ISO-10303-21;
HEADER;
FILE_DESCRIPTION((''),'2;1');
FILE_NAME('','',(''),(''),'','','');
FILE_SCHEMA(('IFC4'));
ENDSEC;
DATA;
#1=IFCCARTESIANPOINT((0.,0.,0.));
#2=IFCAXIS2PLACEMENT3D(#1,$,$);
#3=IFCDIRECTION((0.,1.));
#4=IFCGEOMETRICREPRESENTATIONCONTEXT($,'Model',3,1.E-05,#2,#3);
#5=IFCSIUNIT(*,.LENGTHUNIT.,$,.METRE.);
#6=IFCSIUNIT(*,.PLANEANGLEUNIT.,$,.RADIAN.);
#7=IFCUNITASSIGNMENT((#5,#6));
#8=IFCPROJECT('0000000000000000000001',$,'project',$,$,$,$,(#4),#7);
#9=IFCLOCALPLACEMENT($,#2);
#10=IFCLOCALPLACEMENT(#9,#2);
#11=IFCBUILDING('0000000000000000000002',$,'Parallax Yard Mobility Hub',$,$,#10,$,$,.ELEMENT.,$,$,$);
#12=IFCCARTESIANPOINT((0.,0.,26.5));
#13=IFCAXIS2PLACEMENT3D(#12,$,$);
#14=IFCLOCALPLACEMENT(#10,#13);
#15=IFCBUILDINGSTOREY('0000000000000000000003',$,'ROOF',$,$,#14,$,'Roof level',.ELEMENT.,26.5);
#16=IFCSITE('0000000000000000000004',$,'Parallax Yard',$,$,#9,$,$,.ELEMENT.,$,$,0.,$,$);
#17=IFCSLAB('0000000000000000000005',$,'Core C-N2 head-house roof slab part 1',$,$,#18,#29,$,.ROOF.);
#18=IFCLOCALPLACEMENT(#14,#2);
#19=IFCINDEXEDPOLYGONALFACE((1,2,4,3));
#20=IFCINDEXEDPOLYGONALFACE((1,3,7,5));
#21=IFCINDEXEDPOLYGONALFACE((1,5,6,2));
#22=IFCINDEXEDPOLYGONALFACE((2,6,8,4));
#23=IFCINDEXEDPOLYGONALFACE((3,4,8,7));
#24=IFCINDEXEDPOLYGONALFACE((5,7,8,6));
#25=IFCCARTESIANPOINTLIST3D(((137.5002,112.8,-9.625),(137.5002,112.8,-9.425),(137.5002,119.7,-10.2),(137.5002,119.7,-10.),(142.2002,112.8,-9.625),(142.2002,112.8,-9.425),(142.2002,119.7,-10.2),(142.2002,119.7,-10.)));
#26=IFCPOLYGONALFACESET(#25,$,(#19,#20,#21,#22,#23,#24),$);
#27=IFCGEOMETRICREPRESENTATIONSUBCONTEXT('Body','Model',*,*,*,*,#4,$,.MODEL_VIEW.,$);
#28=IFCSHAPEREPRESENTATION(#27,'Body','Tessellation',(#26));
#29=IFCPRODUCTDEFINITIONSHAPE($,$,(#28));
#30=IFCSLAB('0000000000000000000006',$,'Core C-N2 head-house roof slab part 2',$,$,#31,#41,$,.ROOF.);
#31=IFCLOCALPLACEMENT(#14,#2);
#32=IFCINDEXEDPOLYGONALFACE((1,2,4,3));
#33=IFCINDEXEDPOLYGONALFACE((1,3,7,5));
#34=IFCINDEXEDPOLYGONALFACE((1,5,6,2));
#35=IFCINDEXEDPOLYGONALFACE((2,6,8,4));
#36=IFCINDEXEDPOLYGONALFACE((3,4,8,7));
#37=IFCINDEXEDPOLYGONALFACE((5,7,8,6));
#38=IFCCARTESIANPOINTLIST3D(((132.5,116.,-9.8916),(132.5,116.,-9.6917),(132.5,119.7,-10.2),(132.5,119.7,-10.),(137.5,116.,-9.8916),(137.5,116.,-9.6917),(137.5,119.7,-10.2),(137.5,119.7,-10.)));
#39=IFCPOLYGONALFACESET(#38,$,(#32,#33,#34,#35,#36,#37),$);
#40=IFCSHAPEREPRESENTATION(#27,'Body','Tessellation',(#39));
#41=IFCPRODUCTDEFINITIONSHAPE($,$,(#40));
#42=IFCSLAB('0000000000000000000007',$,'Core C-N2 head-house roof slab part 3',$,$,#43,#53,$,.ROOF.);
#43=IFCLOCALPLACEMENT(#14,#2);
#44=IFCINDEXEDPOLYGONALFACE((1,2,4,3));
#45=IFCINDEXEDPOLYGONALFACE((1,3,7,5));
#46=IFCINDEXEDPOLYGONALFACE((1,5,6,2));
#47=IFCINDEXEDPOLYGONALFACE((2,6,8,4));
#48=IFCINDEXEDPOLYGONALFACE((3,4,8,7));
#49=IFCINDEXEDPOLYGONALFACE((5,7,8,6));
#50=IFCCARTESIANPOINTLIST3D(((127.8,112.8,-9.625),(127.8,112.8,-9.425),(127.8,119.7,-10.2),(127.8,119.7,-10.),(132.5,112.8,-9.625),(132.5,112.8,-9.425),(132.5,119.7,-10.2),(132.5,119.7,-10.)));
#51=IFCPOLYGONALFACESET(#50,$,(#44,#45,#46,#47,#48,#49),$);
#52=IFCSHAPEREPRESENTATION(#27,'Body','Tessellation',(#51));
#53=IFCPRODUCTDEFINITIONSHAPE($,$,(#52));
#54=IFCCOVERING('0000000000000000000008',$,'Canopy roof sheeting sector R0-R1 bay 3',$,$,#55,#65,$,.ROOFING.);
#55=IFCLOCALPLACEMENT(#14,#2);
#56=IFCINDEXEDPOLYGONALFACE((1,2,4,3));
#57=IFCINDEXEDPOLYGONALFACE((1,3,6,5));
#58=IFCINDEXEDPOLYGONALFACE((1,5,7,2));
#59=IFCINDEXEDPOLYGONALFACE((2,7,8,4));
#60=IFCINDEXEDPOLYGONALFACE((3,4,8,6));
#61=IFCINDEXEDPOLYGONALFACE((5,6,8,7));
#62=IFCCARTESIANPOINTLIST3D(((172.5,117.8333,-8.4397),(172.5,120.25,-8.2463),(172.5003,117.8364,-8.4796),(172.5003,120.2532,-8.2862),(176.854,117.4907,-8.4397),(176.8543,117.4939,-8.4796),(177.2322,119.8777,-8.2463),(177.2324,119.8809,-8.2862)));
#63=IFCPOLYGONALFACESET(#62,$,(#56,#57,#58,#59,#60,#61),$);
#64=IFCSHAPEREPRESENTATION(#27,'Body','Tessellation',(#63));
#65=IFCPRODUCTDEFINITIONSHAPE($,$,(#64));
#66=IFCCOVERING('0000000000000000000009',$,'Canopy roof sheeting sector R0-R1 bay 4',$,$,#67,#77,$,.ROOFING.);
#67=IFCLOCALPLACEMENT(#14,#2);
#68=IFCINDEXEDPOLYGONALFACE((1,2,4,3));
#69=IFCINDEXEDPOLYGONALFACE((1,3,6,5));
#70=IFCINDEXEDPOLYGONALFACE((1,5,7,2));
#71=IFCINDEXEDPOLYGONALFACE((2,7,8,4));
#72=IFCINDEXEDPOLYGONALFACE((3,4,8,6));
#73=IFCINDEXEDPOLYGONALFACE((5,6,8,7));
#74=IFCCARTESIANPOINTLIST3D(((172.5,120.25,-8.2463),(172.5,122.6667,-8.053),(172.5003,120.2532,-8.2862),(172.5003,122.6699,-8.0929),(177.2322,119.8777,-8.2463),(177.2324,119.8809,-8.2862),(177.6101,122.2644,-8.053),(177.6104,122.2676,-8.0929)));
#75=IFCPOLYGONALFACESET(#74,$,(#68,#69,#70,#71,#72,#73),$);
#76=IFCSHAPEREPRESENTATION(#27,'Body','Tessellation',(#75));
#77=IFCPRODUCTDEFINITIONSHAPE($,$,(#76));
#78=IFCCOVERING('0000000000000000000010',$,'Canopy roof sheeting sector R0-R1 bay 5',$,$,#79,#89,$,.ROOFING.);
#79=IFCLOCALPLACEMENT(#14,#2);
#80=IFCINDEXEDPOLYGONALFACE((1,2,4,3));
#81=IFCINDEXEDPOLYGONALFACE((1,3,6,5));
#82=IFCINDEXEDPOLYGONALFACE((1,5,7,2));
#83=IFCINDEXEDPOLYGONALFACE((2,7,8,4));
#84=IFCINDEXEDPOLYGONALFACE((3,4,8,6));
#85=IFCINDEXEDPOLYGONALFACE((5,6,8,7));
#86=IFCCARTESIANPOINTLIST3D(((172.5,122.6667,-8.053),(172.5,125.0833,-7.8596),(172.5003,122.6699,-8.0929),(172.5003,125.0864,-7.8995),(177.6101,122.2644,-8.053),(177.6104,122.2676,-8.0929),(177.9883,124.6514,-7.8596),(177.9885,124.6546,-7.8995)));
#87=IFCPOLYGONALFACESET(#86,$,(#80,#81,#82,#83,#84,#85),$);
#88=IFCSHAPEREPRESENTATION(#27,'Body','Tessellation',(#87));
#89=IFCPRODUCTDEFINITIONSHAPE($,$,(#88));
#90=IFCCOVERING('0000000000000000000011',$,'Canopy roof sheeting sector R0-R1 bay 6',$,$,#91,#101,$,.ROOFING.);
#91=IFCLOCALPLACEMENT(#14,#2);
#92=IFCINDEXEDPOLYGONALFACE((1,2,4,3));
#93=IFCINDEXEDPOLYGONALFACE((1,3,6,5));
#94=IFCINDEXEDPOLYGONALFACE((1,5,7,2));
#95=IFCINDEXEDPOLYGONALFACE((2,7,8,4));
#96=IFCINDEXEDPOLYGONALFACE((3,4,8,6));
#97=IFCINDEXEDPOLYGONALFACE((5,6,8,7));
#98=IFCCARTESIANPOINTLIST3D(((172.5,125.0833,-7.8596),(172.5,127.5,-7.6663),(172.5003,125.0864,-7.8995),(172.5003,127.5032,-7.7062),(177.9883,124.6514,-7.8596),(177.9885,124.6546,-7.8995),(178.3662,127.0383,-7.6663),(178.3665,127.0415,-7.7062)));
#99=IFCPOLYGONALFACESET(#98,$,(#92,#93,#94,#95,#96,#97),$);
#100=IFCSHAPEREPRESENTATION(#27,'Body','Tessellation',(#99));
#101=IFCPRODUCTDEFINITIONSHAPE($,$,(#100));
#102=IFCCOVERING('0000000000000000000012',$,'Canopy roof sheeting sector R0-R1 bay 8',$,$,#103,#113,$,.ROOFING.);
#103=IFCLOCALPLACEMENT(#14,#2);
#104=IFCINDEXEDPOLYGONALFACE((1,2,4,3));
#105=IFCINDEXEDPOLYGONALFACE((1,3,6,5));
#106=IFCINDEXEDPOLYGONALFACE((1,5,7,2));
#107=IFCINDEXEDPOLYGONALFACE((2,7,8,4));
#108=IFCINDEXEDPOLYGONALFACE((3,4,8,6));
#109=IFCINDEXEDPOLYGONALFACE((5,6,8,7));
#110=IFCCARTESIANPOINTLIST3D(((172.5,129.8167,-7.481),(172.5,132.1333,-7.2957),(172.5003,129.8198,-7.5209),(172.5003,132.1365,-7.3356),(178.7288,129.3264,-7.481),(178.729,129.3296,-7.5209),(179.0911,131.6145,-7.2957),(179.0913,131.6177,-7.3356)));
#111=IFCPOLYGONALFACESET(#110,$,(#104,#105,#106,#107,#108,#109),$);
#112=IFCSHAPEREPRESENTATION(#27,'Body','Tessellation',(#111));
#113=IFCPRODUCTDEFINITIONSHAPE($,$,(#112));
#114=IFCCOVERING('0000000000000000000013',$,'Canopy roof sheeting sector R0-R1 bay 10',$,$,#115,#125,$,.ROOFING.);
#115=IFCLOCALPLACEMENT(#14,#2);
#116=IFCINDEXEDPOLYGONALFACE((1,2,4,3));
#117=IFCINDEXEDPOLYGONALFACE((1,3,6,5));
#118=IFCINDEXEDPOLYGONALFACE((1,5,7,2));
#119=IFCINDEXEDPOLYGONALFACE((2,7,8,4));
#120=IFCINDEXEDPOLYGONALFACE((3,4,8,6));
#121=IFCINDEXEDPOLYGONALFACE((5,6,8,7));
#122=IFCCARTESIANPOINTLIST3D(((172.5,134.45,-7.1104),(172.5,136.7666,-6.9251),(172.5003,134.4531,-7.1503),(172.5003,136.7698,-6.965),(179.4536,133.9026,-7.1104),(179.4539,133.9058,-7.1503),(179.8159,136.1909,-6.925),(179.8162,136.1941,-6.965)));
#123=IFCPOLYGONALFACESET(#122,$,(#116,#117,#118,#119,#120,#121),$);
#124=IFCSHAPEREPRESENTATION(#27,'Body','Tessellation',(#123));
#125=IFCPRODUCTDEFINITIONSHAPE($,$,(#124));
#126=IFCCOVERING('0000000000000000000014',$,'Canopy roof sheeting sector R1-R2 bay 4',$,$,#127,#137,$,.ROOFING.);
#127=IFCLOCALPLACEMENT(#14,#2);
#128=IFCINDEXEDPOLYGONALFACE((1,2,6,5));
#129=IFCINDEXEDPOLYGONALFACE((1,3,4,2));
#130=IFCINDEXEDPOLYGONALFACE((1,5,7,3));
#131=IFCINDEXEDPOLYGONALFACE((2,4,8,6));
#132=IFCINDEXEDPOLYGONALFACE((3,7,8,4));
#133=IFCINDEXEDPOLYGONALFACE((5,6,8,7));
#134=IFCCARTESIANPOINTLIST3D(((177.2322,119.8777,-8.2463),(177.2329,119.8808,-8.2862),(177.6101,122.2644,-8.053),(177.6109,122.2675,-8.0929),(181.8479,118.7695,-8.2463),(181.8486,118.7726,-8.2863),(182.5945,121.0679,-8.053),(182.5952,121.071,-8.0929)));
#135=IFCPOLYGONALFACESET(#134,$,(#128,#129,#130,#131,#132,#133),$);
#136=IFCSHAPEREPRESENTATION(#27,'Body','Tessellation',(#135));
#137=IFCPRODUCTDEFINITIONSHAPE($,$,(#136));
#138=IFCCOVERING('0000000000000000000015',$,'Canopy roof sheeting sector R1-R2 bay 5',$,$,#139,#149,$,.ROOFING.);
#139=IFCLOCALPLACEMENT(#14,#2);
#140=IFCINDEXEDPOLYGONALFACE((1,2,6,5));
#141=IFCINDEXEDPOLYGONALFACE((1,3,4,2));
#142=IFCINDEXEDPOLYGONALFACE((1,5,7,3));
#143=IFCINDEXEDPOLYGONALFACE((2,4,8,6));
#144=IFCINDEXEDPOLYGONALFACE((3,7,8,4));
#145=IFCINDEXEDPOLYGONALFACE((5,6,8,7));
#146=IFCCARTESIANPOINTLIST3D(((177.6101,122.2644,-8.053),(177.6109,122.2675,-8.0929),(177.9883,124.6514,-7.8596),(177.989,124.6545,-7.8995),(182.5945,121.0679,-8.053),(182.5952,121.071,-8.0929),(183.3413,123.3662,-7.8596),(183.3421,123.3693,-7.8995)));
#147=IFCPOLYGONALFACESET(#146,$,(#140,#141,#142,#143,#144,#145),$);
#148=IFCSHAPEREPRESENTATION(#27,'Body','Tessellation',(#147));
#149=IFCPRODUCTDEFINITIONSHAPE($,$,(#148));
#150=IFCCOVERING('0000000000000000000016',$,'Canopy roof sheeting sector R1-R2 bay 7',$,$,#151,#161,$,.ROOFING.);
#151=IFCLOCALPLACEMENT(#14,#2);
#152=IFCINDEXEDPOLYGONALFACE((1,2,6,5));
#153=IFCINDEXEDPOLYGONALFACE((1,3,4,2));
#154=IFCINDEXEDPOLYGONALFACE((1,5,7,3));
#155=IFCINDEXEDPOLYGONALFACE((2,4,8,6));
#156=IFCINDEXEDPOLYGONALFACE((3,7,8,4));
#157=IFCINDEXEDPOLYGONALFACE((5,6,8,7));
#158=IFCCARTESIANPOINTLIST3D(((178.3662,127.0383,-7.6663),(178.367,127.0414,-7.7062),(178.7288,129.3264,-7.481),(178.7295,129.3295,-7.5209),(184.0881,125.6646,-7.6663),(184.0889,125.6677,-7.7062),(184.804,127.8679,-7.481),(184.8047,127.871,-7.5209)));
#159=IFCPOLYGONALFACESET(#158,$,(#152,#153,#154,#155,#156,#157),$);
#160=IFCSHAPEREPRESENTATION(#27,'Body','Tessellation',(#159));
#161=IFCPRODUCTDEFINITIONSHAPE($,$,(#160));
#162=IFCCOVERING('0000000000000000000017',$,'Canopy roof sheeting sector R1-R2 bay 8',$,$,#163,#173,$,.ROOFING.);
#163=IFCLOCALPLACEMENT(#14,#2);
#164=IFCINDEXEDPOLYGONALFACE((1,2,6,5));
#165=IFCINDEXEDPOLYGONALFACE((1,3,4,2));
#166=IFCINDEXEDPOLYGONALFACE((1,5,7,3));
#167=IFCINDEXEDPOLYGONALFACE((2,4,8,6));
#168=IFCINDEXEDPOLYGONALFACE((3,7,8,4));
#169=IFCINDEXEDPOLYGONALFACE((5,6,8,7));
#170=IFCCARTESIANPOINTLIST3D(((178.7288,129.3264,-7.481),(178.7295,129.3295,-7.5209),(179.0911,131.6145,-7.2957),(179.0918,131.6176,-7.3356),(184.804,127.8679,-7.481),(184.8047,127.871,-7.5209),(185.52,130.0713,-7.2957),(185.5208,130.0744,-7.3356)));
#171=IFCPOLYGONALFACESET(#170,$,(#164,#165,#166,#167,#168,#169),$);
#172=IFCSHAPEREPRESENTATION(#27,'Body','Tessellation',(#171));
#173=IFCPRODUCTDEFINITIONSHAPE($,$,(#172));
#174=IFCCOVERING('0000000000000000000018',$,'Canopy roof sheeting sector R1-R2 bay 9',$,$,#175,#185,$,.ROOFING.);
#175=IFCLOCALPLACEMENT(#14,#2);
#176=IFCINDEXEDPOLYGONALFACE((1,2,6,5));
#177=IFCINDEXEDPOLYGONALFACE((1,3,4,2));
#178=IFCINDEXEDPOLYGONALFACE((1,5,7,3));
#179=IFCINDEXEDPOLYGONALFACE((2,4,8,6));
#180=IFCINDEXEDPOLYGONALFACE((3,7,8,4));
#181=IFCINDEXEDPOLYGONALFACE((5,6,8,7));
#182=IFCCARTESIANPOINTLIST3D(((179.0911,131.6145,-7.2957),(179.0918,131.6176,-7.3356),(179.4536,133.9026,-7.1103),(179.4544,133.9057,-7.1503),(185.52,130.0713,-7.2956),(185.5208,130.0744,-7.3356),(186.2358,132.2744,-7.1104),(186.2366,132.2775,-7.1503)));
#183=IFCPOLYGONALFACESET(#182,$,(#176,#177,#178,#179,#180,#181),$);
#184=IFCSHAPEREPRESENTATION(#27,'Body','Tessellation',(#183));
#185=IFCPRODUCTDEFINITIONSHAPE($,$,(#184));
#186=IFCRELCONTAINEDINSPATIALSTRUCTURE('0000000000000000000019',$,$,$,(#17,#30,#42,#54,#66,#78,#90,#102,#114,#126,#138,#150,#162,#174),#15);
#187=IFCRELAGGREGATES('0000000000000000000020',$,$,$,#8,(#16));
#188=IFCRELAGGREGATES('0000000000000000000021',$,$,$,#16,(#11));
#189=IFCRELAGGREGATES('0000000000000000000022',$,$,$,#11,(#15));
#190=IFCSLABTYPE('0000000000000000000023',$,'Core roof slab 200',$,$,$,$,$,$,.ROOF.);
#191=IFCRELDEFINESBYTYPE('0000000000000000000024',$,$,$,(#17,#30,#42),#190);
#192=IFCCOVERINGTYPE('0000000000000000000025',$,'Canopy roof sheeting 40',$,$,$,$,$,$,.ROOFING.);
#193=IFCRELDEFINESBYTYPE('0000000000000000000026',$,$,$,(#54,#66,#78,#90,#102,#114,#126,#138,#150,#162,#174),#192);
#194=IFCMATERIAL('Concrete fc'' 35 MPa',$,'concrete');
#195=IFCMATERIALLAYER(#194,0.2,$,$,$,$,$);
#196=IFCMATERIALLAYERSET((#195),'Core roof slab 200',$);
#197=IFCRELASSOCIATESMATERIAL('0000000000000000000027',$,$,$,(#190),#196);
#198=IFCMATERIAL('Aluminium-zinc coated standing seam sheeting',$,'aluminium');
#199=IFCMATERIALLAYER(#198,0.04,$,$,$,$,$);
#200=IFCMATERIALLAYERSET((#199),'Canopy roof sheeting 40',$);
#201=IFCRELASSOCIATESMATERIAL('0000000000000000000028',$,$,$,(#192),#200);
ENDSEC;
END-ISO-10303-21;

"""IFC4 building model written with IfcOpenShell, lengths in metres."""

from ifc_helpers import new_model, si_unit, direction, frame, origin, place, context, subcontext, project, spatial, polyline, outline, extrude, material, layer, layer_set, type_object, element, save


model = new_model("IFC4")

# Units and contexts
model_context = context("Model", 3, precision=1e-05, world=origin(), true_north=direction((0.0, 1.0)))
body_context = subcontext(model_context, "Body", "Model", "MODEL_VIEW")
ifc_project = project(units=[si_unit("LENGTHUNIT", "METRE"), si_unit("PLANEANGLEUNIT", "RADIAN")], contexts=[model_context])

# Site, building, storey
site_placement = place(None, origin())
site = spatial("IfcSite", under=ifc_project, at=site_placement, Name="Parallax Yard", CompositionType="ELEMENT", RefElevation=0.0)
building_placement = place(site_placement, origin())
building = spatial("IfcBuilding", under=site, at=building_placement, Name="Parallax Yard Mobility Hub", CompositionType="ELEMENT")
storey_placement = place(building_placement, frame((0.0, 0.0, 26.5)))
storey = spatial("IfcBuildingStorey", under=building, at=storey_placement, Name="ROOF", LongName="Roof level", CompositionType="ELEMENT", Elevation=26.5)

# Slabs
ifc_material_1 = material(Name="Concrete fc' 35 MPa", Category="concrete")
ifc_layer_1 = layer(ifc_material_1, 0.2)
ifc_layer_set_1 = layer_set([ifc_layer_1], Name="Core roof slab 200")
slab_type = type_object("IfcSlabType", Name="Core roof slab 200", PredefinedType="ROOF", material=ifc_layer_set_1)
placement = place(building_placement, frame((0.0, 0.0, 13.2)))
slab_1_placement = place(placement, frame((139.8501, 119.7, 3.3), z_axis=(0.0, 0.0, 1.0), x_axis=(0.0, -1.0, 0.0)))
element("IfcSlab", 1, at=slab_1_placement, inside=storey, type_object=slab_type, Name="Core C-N2 head-house roof slab part 1", PredefinedType="ROOF", context=body_context, shape_type="SweptSolid", body=[
    extrude(outline(polyline([(0.0, -0.2), (6.8999, 0.375), (6.8999, 0.575), (0.0, 0.0), (0.0, -0.2)])), frame((0.0, 2.3501, 0.0), z_axis=(0.0, -1.0, 0.0), x_axis=(1.0, 0.0, 0.0)), (0.0, 0.0, 1.0), 4.7),
])
slab_2_placement = place(placement, frame((135.0, 119.7, 3.3), z_axis=(0.0, 0.0, 1.0), x_axis=(0.0, -1.0, 0.0)))
element("IfcSlab", 2, at=slab_2_placement, inside=storey, type_object=slab_type, Name="Core C-N2 head-house roof slab part 2", PredefinedType="ROOF", context=body_context, shape_type="SweptSolid", body=[
    extrude(outline(polyline([(0.0, -0.2), (3.7, 0.1084), (3.7, 0.3083), (0.0, 0.0), (0.0, -0.2)])), frame((0.0, 2.5, 0.0), z_axis=(0.0, -1.0, 0.0), x_axis=(1.0, 0.0, 0.0)), (0.0, 0.0, 1.0), 5.0),
])
slab_3_placement = place(placement, frame((130.1499, 119.7, 3.3), z_axis=(0.0, 0.0, 1.0), x_axis=(0.0, -1.0, 0.0)))
element("IfcSlab", 3, at=slab_3_placement, inside=storey, type_object=slab_type, Name="Core C-N2 head-house roof slab part 3", PredefinedType="ROOF", context=body_context, shape_type="SweptSolid", body=[
    extrude(outline(polyline([(0.0, -0.2), (6.8999, 0.375), (6.8999, 0.575), (0.0, 0.0), (0.0, -0.2)])), frame((0.0, 2.3501, 0.0), z_axis=(0.0, -1.0, 0.0), x_axis=(1.0, 0.0, 0.0)), (0.0, 0.0, 1.0), 4.7),
])

# Coverings
ifc_material_2 = material(Name="Aluminium-zinc coated standing seam sheeting", Category="aluminium")
ifc_layer_2 = layer(ifc_material_2, 0.04)
ifc_layer_set_2 = layer_set([ifc_layer_2], Name="Canopy roof sheeting 40")
covering_type = type_object("IfcCoveringType", Name="Canopy roof sheeting 40", PredefinedType="ROOFING", material=ifc_layer_set_2)
covering_1_placement = place(placement, frame((172.5, 117.8333, 4.8604), z_axis=(-0.006274, -0.079752, 0.996795), x_axis=(0.99692, -0.078428, 0.0)))
element("IfcCovering", 4, at=covering_1_placement, inside=storey, type_object=covering_type, Name="Canopy roof sheeting sector R0-R1 bay 3", PredefinedType="ROOFING", context=body_context, shape_type="SweptSolid", body=[
    extrude(outline(polyline([(0.0, 0.0), (4.3675, 0.0), (4.5573, 2.417), (-0.1895, 2.4171), (0.0, 0.0)])), origin(), (0.0, 0.0, -1.0), 0.04),
])
covering_2_placement = place(placement, frame((172.5, 120.25, 5.0537), z_axis=(-0.006277, -0.079756, 0.996795), x_axis=(0.996919, -0.078435, 0.000002)))
element("IfcCovering", 5, at=covering_2_placement, inside=storey, type_object=covering_type, Name="Canopy roof sheeting sector R0-R1 bay 4", PredefinedType="ROOFING", context=body_context, shape_type="SweptSolid", body=[
    extrude(outline(polyline([(0.0, 0.0), (4.7468, 0.0), (4.9364, 2.4168), (-0.1896, 2.417), (0.0, 0.0)])), origin(), (0.0, 0.0, -1.0), 0.04),
])
covering_3_placement = place(placement, frame((172.5, 122.6667, 5.2471), z_axis=(-0.006278, -0.079756, 0.996795), x_axis=(0.996915, -0.078492, -0.000002)))
element("IfcCovering", 6, at=covering_3_placement, inside=storey, type_object=covering_type, Name="Canopy roof sheeting sector R0-R1 bay 5", PredefinedType="ROOFING", context=body_context, shape_type="SweptSolid", body=[
    extrude(outline(polyline([(0.0, 0.0), (5.1259, 0.0), (5.3156, 2.417), (-0.1897, 2.4168), (0.0, 0.0)])), origin(), (0.0, 0.0, -1.0), 0.04),
])
covering_4_placement = place(placement, frame((172.5, 125.0833, 5.4404), z_axis=(-0.006276, -0.079752, 0.996795), x_axis=(0.996918, -0.07845, 0.0)))
element("IfcCovering", 7, at=covering_4_placement, inside=storey, type_object=covering_type, Name="Canopy roof sheeting sector R0-R1 bay 6", PredefinedType="ROOFING", context=body_context, shape_type="SweptSolid", body=[
    extrude(outline(polyline([(0.0, 0.0), (5.5052, 0.0), (5.6948, 2.417), (-0.1896, 2.417), (0.0, 0.0)])), origin(), (0.0, 0.0, -1.0), 0.04),
])
covering_5_placement = place(placement, frame((172.5, 129.8167, 5.8191), z_axis=(-0.006276, -0.079732, 0.996797), x_axis=(0.996917, -0.078462, 0.0)))
element("IfcCovering", 8, at=covering_5_placement, inside=storey, type_object=covering_type, Name="Canopy roof sheeting sector R0-R1 bay 8", PredefinedType="ROOFING", context=body_context, shape_type="SweptSolid", body=[
    extrude(outline(polyline([(0.0, 0.0), (6.248, 0.0), (6.4297, 2.3169), (-0.1818, 2.3169), (0.0, 0.0)])), origin(), (0.0, 0.0, -1.0), 0.04),
])
covering_6_placement = place(placement, frame((172.5, 134.45, 6.1897), z_axis=(-0.006275, -0.079728, 0.996797), x_axis=(0.996916, -0.078474, -0.000001)))
element("IfcCovering", 9, at=covering_6_placement, inside=storey, type_object=covering_type, Name="Canopy roof sheeting sector R0-R1 bay 10", PredefinedType="ROOFING", context=body_context, shape_type="SweptSolid", body=[
    extrude(outline(polyline([(0.0, 0.0), (6.9751, 0.0), (7.1567, 2.3171), (-0.1818, 2.3169), (0.0, 0.0)])), origin(), (0.0, 0.0, -1.0), 0.04),
])
covering_7_placement = place(placement, frame((177.2322, 119.8777, 5.0537), z_axis=(-0.018676, -0.077796, 0.996794), x_axis=(0.972369, -0.233449, -0.000001)))
element("IfcCovering", 10, at=covering_7_placement, inside=storey, type_object=covering_type, Name="Canopy roof sheeting sector R1-R2 bay 4", PredefinedType="ROOFING", context=body_context, shape_type="SweptSolid", body=[
    extrude(outline(polyline([(0.0, 0.0), (4.7469, 0.0), (4.9363, 2.4169), (-0.1897, 2.4167), (0.0, 0.0)])), origin(), (0.0, 0.0, -1.0), 0.04),
])
covering_8_placement = place(placement, frame((177.6101, 122.2644, 5.2471), z_axis=(-0.018675, -0.07779, 0.996795), x_axis=(0.972375, -0.233425, 0.000001)))
element("IfcCovering", 11, at=covering_8_placement, inside=storey, type_object=covering_type, Name="Canopy roof sheeting sector R1-R2 bay 5", PredefinedType="ROOFING", context=body_context, shape_type="SweptSolid", body=[
    extrude(outline(polyline([(0.0, 0.0), (5.126, 0.0), (5.3157, 2.4169), (-0.1895, 2.417), (0.0, 0.0)])), origin(), (0.0, 0.0, -1.0), 0.04),
])
covering_9_placement = place(placement, frame((178.3662, 127.0383, 5.6338), z_axis=(-0.01867, -0.077767, 0.996797), x_axis=(0.972367, -0.233456, -0.000001)))
element("IfcCovering", 12, at=covering_9_placement, inside=storey, type_object=covering_type, Name="Canopy roof sheeting sector R1-R2 bay 7", PredefinedType="ROOFING", context=body_context, shape_type="SweptSolid", body=[
    extrude(outline(polyline([(0.0, 0.0), (5.8845, 0.0), (6.0662, 2.317), (-0.1816, 2.3169), (0.0, 0.0)])), origin(), (0.0, 0.0, -1.0), 0.04),
])
covering_10_placement = place(placement, frame((178.7288, 129.3264, 5.8191), z_axis=(-0.018669, -0.077767, 0.996797), x_axis=(0.972371, -0.233441, -0.000001)))
element("IfcCovering", 13, at=covering_10_placement, inside=storey, type_object=covering_type, Name="Canopy roof sheeting sector R1-R2 bay 8", PredefinedType="ROOFING", context=body_context, shape_type="SweptSolid", body=[
    extrude(outline(polyline([(0.0, 0.0), (6.2478, 0.0), (6.4297, 2.3171), (-0.1818, 2.3169), (0.0, 0.0)])), origin(), (0.0, 0.0, -1.0), 0.04),
])
covering_11_placement = place(placement, frame((179.0911, 131.6145, 6.0044), z_axis=(-0.018669, -0.077771, 0.996796), x_axis=(0.972378, -0.233411, 0.000001)))
element("IfcCovering", 14, at=covering_11_placement, inside=storey, type_object=covering_type, Name="Canopy roof sheeting sector R1-R2 bay 9", PredefinedType="ROOFING", context=body_context, shape_type="SweptSolid", body=[
    extrude(outline(polyline([(0.0, 0.0), (6.6116, 0.0), (6.7934, 2.3168), (-0.1815, 2.3169), (0.0, 0.0)])), origin(), (0.0, 0.0, -1.0), 0.04),
])

save(model, "model.ifc")
